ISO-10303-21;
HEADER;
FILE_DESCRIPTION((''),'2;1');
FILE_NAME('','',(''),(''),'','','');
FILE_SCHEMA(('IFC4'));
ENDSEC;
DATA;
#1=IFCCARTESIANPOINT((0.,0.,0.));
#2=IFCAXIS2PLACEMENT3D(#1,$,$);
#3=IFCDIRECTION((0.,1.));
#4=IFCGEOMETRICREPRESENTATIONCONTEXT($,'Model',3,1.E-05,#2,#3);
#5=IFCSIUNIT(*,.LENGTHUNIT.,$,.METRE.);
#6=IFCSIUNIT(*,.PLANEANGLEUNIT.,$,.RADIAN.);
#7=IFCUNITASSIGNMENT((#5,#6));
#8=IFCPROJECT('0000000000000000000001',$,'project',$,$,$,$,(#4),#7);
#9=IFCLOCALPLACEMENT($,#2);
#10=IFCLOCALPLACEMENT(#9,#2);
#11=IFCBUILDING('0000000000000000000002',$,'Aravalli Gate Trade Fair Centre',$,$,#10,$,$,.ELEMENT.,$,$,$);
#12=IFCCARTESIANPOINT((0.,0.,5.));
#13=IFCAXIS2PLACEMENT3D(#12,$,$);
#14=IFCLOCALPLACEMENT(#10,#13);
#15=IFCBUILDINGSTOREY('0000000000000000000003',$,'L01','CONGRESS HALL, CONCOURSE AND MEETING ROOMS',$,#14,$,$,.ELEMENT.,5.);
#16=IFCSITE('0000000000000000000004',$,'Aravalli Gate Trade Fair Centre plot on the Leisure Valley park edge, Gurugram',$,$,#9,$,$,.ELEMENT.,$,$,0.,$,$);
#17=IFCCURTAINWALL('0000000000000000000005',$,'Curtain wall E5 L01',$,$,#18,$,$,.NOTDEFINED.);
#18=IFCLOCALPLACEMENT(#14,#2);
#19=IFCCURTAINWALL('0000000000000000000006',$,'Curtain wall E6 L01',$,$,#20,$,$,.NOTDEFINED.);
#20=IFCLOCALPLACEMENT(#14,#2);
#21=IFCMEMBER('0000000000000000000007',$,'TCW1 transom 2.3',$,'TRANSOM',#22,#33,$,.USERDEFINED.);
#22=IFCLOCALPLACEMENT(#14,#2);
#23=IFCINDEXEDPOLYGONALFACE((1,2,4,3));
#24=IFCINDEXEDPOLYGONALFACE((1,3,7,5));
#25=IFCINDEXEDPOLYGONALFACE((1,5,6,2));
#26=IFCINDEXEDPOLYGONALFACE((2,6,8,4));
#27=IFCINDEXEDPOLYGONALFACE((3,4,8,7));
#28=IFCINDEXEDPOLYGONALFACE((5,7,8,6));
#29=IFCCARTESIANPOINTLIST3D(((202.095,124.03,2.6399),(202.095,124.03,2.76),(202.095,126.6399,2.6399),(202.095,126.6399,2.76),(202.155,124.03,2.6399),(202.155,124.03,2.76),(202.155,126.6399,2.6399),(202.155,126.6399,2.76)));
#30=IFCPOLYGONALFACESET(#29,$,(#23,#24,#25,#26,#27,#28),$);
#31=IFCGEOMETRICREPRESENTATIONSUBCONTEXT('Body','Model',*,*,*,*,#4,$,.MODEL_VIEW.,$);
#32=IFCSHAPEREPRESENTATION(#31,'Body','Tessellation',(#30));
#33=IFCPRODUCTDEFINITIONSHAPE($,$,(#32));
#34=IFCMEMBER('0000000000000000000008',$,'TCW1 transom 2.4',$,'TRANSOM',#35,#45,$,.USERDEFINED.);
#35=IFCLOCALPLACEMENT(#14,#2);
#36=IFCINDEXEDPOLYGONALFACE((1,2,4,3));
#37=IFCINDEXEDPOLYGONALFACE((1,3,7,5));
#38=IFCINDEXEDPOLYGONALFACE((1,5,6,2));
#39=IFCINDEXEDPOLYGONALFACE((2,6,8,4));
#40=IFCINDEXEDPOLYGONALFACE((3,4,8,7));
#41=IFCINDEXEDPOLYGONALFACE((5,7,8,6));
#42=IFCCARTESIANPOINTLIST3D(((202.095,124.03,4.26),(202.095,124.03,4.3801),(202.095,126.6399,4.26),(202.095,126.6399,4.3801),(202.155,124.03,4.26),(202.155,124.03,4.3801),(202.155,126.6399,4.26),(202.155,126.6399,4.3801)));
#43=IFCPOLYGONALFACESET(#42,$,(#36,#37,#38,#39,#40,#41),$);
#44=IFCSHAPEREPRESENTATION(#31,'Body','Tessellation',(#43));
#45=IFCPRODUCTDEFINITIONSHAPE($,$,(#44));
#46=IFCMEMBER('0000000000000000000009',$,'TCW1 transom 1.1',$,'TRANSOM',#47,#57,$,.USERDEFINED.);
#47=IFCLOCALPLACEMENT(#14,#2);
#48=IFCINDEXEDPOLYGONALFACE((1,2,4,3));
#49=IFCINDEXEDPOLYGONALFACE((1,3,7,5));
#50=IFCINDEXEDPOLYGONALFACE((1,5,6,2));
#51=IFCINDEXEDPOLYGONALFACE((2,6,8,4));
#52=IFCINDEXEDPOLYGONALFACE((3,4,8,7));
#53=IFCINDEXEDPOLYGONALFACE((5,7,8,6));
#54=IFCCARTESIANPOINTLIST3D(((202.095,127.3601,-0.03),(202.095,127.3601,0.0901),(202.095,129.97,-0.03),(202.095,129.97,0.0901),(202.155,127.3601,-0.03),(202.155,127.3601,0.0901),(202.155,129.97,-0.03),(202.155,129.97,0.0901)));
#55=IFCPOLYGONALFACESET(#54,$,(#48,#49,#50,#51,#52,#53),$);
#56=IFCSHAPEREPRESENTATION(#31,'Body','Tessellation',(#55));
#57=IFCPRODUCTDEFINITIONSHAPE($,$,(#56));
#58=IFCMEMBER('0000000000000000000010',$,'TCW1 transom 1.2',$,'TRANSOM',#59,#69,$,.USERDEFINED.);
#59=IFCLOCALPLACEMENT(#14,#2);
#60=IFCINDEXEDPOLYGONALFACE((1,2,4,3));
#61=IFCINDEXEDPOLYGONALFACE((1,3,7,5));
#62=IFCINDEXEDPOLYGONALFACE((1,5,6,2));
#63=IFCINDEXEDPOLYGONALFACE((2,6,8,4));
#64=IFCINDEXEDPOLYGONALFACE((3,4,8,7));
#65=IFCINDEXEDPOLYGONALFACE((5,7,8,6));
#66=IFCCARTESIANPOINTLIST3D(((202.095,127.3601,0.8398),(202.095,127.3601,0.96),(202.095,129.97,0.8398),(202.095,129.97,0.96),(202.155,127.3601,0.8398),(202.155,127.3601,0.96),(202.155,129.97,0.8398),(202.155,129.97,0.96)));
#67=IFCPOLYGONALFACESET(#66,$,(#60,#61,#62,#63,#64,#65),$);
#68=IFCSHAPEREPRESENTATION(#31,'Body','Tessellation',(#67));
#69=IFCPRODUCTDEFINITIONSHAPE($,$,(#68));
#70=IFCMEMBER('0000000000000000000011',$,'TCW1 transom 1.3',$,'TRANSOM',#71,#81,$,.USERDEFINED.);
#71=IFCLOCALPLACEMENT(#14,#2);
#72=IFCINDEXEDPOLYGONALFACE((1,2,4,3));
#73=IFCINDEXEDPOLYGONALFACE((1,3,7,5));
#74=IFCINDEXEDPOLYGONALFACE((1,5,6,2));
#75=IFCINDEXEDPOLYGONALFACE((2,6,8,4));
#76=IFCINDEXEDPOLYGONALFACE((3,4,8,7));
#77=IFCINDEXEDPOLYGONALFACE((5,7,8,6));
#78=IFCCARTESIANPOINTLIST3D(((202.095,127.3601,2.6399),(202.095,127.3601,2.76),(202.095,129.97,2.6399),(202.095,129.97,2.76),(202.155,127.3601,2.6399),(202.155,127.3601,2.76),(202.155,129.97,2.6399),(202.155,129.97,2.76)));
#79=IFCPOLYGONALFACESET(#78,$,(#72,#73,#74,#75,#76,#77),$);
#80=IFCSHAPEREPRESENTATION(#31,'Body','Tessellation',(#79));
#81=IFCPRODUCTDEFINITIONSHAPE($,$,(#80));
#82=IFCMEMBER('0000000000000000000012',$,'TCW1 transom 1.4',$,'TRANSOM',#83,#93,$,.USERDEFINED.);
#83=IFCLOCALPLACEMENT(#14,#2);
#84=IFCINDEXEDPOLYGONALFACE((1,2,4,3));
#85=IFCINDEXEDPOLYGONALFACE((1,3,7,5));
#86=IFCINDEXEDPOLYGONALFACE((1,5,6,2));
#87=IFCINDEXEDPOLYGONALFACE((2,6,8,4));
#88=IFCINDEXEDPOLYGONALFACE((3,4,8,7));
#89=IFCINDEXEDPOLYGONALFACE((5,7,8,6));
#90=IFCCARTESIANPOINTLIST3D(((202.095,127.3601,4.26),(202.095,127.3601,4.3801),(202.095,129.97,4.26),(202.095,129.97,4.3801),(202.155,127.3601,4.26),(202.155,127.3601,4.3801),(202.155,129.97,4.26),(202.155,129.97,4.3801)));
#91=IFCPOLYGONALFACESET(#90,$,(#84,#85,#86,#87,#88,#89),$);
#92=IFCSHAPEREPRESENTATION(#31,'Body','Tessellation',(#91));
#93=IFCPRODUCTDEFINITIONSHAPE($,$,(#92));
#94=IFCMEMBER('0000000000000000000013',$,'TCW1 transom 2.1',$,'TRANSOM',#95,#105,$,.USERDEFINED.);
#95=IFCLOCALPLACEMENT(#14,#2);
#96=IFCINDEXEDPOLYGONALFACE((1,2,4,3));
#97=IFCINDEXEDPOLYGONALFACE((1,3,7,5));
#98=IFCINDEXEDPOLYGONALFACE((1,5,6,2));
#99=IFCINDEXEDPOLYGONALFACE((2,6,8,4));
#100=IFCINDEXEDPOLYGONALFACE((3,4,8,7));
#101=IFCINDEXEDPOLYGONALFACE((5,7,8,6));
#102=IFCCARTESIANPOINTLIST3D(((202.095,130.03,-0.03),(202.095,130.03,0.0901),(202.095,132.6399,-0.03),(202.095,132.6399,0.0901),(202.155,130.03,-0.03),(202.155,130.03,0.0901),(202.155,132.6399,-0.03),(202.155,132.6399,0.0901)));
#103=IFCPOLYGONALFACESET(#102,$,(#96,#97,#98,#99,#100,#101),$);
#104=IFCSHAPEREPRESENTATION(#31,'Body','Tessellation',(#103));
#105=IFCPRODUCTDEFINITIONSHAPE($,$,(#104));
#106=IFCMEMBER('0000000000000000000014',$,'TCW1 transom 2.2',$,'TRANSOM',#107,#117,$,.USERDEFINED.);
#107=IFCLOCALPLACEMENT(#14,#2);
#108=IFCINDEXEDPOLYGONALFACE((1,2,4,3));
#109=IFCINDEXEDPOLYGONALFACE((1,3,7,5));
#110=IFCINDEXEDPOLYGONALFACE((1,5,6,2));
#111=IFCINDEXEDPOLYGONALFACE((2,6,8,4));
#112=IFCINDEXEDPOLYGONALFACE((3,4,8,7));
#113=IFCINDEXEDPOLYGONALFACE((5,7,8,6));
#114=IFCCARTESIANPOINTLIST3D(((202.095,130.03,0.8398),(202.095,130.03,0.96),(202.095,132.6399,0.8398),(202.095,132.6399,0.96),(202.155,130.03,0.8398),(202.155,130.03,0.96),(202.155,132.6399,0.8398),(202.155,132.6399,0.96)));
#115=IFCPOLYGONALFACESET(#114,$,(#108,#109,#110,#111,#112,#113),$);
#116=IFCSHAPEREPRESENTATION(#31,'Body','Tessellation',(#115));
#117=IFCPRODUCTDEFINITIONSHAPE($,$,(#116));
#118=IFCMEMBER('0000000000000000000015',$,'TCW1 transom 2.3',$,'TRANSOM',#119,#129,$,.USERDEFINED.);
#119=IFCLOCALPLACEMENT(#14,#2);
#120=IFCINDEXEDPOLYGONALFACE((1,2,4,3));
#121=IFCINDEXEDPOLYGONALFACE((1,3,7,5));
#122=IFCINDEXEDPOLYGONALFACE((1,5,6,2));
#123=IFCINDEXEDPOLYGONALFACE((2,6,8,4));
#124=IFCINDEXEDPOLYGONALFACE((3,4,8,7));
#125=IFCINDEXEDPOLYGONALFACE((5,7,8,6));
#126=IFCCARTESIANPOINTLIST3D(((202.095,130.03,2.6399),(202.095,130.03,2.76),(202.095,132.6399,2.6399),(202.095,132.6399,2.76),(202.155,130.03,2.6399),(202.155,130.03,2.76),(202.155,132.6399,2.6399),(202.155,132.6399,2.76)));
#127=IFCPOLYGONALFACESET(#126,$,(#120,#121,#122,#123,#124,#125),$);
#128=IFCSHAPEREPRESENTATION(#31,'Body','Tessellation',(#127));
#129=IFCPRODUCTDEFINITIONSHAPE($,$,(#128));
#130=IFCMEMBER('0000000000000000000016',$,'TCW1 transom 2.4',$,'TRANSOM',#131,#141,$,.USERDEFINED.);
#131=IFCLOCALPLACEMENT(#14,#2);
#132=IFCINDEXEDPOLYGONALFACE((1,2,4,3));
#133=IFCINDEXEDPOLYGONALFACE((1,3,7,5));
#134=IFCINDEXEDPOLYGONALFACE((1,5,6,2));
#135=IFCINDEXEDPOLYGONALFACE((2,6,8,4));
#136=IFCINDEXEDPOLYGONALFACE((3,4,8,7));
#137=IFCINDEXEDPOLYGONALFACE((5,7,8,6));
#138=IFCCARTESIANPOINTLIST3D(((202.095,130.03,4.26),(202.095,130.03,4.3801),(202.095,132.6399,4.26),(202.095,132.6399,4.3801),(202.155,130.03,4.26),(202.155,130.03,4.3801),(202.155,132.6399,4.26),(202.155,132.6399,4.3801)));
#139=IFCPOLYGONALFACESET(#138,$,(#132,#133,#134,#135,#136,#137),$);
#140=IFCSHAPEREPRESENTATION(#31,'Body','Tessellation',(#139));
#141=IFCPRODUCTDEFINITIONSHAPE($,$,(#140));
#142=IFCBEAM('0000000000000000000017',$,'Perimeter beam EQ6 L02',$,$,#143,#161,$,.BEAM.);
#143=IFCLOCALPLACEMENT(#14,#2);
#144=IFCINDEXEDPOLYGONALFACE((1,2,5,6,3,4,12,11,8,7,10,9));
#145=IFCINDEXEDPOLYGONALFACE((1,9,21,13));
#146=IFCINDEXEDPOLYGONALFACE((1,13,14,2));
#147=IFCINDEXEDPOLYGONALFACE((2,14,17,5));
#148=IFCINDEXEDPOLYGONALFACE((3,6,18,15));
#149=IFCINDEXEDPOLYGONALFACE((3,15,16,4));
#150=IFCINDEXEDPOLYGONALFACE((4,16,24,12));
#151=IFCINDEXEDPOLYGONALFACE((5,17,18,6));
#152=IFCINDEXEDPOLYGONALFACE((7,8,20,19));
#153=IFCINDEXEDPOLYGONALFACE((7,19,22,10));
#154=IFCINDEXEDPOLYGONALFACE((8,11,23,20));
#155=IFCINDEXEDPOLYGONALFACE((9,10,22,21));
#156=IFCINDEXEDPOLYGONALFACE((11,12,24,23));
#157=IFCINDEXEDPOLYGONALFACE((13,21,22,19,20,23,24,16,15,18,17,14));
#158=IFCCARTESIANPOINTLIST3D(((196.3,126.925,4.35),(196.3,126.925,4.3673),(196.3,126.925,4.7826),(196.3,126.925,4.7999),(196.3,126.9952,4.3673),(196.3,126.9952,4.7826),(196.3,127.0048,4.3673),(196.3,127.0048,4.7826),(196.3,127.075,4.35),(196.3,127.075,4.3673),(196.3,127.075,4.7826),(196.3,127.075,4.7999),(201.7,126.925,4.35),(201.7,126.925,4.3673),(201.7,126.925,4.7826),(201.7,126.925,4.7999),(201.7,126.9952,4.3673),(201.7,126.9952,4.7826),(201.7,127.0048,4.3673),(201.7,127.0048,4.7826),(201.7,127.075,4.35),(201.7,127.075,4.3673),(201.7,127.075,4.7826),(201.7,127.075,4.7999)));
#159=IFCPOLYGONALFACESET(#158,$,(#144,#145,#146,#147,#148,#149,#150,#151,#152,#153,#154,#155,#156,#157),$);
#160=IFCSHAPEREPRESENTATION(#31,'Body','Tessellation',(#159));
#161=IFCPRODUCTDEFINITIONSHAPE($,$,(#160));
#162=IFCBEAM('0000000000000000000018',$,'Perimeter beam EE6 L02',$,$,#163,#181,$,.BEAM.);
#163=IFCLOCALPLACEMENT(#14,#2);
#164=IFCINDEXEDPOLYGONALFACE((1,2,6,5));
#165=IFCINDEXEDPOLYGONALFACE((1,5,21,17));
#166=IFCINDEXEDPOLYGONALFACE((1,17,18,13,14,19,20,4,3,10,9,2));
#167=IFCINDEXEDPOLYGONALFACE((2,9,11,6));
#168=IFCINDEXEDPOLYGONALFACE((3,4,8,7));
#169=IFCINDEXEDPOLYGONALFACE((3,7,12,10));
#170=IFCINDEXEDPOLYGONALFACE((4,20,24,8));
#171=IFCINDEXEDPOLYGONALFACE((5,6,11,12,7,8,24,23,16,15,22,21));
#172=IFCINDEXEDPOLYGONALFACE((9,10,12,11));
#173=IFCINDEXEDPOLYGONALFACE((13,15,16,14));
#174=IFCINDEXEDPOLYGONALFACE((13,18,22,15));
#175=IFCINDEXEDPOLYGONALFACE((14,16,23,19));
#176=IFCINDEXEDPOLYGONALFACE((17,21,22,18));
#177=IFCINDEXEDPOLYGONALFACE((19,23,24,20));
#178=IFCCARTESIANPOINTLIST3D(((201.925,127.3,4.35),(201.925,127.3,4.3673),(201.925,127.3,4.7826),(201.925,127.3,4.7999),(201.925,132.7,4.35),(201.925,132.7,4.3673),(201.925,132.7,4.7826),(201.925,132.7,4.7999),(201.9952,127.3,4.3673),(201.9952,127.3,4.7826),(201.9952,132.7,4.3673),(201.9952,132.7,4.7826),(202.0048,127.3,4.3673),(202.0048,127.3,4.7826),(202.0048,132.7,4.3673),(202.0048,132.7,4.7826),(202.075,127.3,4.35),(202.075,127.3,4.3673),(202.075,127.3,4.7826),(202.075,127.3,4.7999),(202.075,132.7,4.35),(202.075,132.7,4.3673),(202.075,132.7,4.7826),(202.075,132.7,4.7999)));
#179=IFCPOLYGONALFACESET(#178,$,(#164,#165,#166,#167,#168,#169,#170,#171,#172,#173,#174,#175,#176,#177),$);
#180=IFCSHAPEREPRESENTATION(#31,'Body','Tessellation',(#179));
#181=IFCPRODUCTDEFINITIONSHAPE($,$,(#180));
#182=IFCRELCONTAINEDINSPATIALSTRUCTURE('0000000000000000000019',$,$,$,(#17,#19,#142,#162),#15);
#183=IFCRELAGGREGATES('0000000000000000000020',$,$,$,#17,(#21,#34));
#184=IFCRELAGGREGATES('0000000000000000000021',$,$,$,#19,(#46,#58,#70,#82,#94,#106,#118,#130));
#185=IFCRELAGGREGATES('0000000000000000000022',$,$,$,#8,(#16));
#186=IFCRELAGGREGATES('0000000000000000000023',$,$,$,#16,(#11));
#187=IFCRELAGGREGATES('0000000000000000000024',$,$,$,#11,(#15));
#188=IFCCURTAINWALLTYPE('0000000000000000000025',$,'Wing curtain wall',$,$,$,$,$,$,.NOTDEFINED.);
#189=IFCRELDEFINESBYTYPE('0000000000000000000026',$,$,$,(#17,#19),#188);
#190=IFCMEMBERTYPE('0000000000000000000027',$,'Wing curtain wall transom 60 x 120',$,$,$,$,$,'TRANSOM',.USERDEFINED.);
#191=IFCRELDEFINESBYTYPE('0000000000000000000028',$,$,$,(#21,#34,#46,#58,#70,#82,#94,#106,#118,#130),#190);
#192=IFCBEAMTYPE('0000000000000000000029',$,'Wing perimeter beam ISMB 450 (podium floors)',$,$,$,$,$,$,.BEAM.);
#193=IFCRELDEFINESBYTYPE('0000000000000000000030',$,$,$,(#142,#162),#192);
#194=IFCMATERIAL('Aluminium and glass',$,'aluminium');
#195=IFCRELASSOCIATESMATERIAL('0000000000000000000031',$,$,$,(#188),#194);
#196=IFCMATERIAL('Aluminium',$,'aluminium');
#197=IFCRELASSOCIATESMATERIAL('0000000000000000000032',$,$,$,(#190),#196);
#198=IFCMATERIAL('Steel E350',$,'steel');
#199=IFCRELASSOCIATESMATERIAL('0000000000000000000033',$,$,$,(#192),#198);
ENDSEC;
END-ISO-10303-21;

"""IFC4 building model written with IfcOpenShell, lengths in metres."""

from ifc_helpers import new_model, si_unit, direction, frame, origin, origin_2d, place, context, subcontext, project, spatial, rectangle, i_section, extrude, material, material_profile, profile_set, type_object, element, aggregate, save


model = new_model("IFC4")

# Units and contexts
model_context = context("Model", 3, precision=1e-05, world=origin(), true_north=direction((0.0, 1.0)))
body_context = subcontext(model_context, "Body", "Model", "MODEL_VIEW")
ifc_project = project(units=[si_unit("LENGTHUNIT", "METRE"), si_unit("PLANEANGLEUNIT", "RADIAN")], contexts=[model_context])

# Site, building, storey
site_placement = place(None, origin())
site = spatial("IfcSite", under=ifc_project, at=site_placement, Name="Aravalli Gate Trade Fair Centre plot on the Leisure Valley park edge, Gurugram", CompositionType="ELEMENT", RefElevation=0.0)
building_placement = place(site_placement, origin())
building = spatial("IfcBuilding", under=site, at=building_placement, Name="Aravalli Gate Trade Fair Centre", CompositionType="ELEMENT")
storey_placement = place(building_placement, frame((0.0, 0.0, 5.0)))
storey = spatial("IfcBuildingStorey", under=building, at=storey_placement, Name="L01", Description="CONGRESS HALL, CONCOURSE AND MEETING ROOMS", CompositionType="ELEMENT", Elevation=5.0)

# Shared definitions
ifc_material_1 = material(Name="Steel E350", Category="steel")

# Curtain walls
ifc_material_2 = material(Name="Aluminium and glass", Category="aluminium")
curtain_wall_type = type_object("IfcCurtainWallType", Name="Wing curtain wall", PredefinedType="NOTDEFINED", material=ifc_material_2)
curtain_wall_1_placement = place(storey_placement, origin())
curtain_wall_1 = element("IfcCurtainWall", 1, at=curtain_wall_1_placement, inside=storey, type_object=curtain_wall_type, Name="Curtain wall E5 L01", PredefinedType="NOTDEFINED")
ifc_material_3 = material(Name="Aluminium", Category="aluminium")
curtain_wall_2_placement = place(storey_placement, origin())
curtain_wall_2 = element("IfcCurtainWall", 2, at=curtain_wall_2_placement, inside=storey, type_object=curtain_wall_type, Name="Curtain wall E6 L01", PredefinedType="NOTDEFINED")

# Members
ifc_material_profile_1 = material_profile(ifc_material_3, rectangle(XDim=0.0601, YDim=0.1201, at=origin_2d()), Name="Wing curtain wall transom 60 x 120")
ifc_profile_set_1 = profile_set([ifc_material_profile_1], Name="Aluminium")
member_type_1 = type_object("IfcMemberType", Name="Wing curtain wall transom 60 x 120", ElementType="TRANSOM", PredefinedType="USERDEFINED", material=ifc_profile_set_1)
member_1_placement = place(storey_placement, frame((202.125, 124.03, 2.7), z_axis=(0.0, 1.0, 0.0), x_axis=(-1.0, 0.0, 0.0)))
member_1 = element("IfcMember", 3, at=member_1_placement, type_object=member_type_1, Name="TCW1 transom 2.3", ObjectType="TRANSOM", PredefinedType="USERDEFINED", context=body_context, shape_type="SweptSolid", body=[
    extrude(rectangle(XDim=0.0601, YDim=0.1201, at=origin_2d()), origin(), (0.0, 0.0, 1.0), 2.6099),
])
member_2_placement = place(storey_placement, frame((202.125, 124.03, 4.3201), z_axis=(0.0, 1.0, 0.0), x_axis=(-1.0, 0.0, 0.0)))
member_2 = element("IfcMember", 4, at=member_2_placement, type_object=member_type_1, Name="TCW1 transom 2.4", ObjectType="TRANSOM", PredefinedType="USERDEFINED", context=body_context, shape_type="SweptSolid", body=[
    extrude(rectangle(XDim=0.0601, YDim=0.1201, at=origin_2d()), origin(), (0.0, 0.0, 1.0), 2.6099),
])
member_3_placement = place(storey_placement, frame((202.125, 127.3601, 0.03), z_axis=(0.0, 1.0, 0.0), x_axis=(-1.0, 0.0, 0.0)))
member_3 = element("IfcMember", 5, at=member_3_placement, type_object=member_type_1, Name="TCW1 transom 1.1", ObjectType="TRANSOM", PredefinedType="USERDEFINED", context=body_context, shape_type="SweptSolid", body=[
    extrude(rectangle(XDim=0.0601, YDim=0.1201, at=origin_2d()), origin(), (0.0, 0.0, 1.0), 2.6099),
])
member_4_placement = place(storey_placement, frame((202.125, 127.3601, 0.8999), z_axis=(0.0, 1.0, 0.0), x_axis=(-1.0, 0.0, 0.0)))
member_4 = element("IfcMember", 6, at=member_4_placement, type_object=member_type_1, Name="TCW1 transom 1.2", ObjectType="TRANSOM", PredefinedType="USERDEFINED", context=body_context, shape_type="SweptSolid", body=[
    extrude(rectangle(XDim=0.0601, YDim=0.1201, at=origin_2d()), origin(), (0.0, 0.0, 1.0), 2.6099),
])
member_5_placement = place(storey_placement, frame((202.125, 127.3601, 2.7), z_axis=(0.0, 1.0, 0.0), x_axis=(-1.0, 0.0, 0.0)))
member_5 = element("IfcMember", 7, at=member_5_placement, type_object=member_type_1, Name="TCW1 transom 1.3", ObjectType="TRANSOM", PredefinedType="USERDEFINED", context=body_context, shape_type="SweptSolid", body=[
    extrude(rectangle(XDim=0.0601, YDim=0.1201, at=origin_2d()), origin(), (0.0, 0.0, 1.0), 2.6099),
])
member_6_placement = place(storey_placement, frame((202.125, 127.3601, 4.3201), z_axis=(0.0, 1.0, 0.0), x_axis=(-1.0, 0.0, 0.0)))
member_6 = element("IfcMember", 8, at=member_6_placement, type_object=member_type_1, Name="TCW1 transom 1.4", ObjectType="TRANSOM", PredefinedType="USERDEFINED", context=body_context, shape_type="SweptSolid", body=[
    extrude(rectangle(XDim=0.0601, YDim=0.1201, at=origin_2d()), origin(), (0.0, 0.0, 1.0), 2.6099),
])
member_7_placement = place(storey_placement, frame((202.125, 130.03, 0.03), z_axis=(0.0, 1.0, 0.0), x_axis=(-1.0, 0.0, 0.0)))
member_7 = element("IfcMember", 9, at=member_7_placement, type_object=member_type_1, Name="TCW1 transom 2.1", ObjectType="TRANSOM", PredefinedType="USERDEFINED", context=body_context, shape_type="SweptSolid", body=[
    extrude(rectangle(XDim=0.0601, YDim=0.1201, at=origin_2d()), origin(), (0.0, 0.0, 1.0), 2.6099),
])
member_8_placement = place(storey_placement, frame((202.125, 130.03, 0.8999), z_axis=(0.0, 1.0, 0.0), x_axis=(-1.0, 0.0, 0.0)))
member_8 = element("IfcMember", 10, at=member_8_placement, type_object=member_type_1, Name="TCW1 transom 2.2", ObjectType="TRANSOM", PredefinedType="USERDEFINED", context=body_context, shape_type="SweptSolid", body=[
    extrude(rectangle(XDim=0.0601, YDim=0.1201, at=origin_2d()), origin(), (0.0, 0.0, 1.0), 2.6099),
])
member_9_placement = place(storey_placement, frame((202.125, 130.03, 2.7), z_axis=(0.0, 1.0, 0.0), x_axis=(-1.0, 0.0, 0.0)))
member_9 = element("IfcMember", 11, at=member_9_placement, type_object=member_type_1, Name="TCW1 transom 2.3", ObjectType="TRANSOM", PredefinedType="USERDEFINED", context=body_context, shape_type="SweptSolid", body=[
    extrude(rectangle(XDim=0.0601, YDim=0.1201, at=origin_2d()), origin(), (0.0, 0.0, 1.0), 2.6099),
])
member_10_placement = place(storey_placement, frame((202.125, 130.03, 4.3201), z_axis=(0.0, 1.0, 0.0), x_axis=(-1.0, 0.0, 0.0)))
member_10 = element("IfcMember", 12, at=member_10_placement, type_object=member_type_1, Name="TCW1 transom 2.4", ObjectType="TRANSOM", PredefinedType="USERDEFINED", context=body_context, shape_type="SweptSolid", body=[
    extrude(rectangle(XDim=0.0601, YDim=0.1201, at=origin_2d()), origin(), (0.0, 0.0, 1.0), 2.6099),
])

# Beams
ifc_material_profile_2 = material_profile(ifc_material_1, i_section(OverallWidth=0.1499, OverallDepth=0.45, WebThickness=0.0095, FlangeThickness=0.0173, at=origin_2d()), Name="ISMB 450")
ifc_profile_set_2 = profile_set([ifc_material_profile_2], Name="Steel E350")
beam_type_1 = type_object("IfcBeamType", Name="Wing perimeter beam ISMB 450 (podium floors)", PredefinedType="BEAM", material=ifc_profile_set_2)
for number, where, z_axis, x_axis, name in (
    (13, (196.3, 127.0, 4.575), (1.0, 0.0, 0.0), (0.0, 1.0, 0.0), "Perimeter beam EQ6 L02"),
    (14, (202.0, 127.3, 4.575), (0.0, 1.0, 0.0), (-1.0, 0.0, 0.0), "Perimeter beam EE6 L02"),
):
    element("IfcBeam", number, at=place(storey_placement, frame(where, z_axis=z_axis, x_axis=x_axis)), inside=storey, type_object=beam_type_1, Name=name, PredefinedType="BEAM", context=body_context, shape_type="SweptSolid", body=[
        extrude(i_section(OverallWidth=0.1499, OverallDepth=0.45, WebThickness=0.0095, FlangeThickness=0.0173, at=origin_2d()), origin(), (0.0, 0.0, 1.0), 5.3999),
    ])

aggregate(curtain_wall_1, [member_1, member_2])
aggregate(curtain_wall_2, [member_3, member_4, member_5, member_6, member_7, member_8, member_9, member_10])

save(model, "model.ifc")
